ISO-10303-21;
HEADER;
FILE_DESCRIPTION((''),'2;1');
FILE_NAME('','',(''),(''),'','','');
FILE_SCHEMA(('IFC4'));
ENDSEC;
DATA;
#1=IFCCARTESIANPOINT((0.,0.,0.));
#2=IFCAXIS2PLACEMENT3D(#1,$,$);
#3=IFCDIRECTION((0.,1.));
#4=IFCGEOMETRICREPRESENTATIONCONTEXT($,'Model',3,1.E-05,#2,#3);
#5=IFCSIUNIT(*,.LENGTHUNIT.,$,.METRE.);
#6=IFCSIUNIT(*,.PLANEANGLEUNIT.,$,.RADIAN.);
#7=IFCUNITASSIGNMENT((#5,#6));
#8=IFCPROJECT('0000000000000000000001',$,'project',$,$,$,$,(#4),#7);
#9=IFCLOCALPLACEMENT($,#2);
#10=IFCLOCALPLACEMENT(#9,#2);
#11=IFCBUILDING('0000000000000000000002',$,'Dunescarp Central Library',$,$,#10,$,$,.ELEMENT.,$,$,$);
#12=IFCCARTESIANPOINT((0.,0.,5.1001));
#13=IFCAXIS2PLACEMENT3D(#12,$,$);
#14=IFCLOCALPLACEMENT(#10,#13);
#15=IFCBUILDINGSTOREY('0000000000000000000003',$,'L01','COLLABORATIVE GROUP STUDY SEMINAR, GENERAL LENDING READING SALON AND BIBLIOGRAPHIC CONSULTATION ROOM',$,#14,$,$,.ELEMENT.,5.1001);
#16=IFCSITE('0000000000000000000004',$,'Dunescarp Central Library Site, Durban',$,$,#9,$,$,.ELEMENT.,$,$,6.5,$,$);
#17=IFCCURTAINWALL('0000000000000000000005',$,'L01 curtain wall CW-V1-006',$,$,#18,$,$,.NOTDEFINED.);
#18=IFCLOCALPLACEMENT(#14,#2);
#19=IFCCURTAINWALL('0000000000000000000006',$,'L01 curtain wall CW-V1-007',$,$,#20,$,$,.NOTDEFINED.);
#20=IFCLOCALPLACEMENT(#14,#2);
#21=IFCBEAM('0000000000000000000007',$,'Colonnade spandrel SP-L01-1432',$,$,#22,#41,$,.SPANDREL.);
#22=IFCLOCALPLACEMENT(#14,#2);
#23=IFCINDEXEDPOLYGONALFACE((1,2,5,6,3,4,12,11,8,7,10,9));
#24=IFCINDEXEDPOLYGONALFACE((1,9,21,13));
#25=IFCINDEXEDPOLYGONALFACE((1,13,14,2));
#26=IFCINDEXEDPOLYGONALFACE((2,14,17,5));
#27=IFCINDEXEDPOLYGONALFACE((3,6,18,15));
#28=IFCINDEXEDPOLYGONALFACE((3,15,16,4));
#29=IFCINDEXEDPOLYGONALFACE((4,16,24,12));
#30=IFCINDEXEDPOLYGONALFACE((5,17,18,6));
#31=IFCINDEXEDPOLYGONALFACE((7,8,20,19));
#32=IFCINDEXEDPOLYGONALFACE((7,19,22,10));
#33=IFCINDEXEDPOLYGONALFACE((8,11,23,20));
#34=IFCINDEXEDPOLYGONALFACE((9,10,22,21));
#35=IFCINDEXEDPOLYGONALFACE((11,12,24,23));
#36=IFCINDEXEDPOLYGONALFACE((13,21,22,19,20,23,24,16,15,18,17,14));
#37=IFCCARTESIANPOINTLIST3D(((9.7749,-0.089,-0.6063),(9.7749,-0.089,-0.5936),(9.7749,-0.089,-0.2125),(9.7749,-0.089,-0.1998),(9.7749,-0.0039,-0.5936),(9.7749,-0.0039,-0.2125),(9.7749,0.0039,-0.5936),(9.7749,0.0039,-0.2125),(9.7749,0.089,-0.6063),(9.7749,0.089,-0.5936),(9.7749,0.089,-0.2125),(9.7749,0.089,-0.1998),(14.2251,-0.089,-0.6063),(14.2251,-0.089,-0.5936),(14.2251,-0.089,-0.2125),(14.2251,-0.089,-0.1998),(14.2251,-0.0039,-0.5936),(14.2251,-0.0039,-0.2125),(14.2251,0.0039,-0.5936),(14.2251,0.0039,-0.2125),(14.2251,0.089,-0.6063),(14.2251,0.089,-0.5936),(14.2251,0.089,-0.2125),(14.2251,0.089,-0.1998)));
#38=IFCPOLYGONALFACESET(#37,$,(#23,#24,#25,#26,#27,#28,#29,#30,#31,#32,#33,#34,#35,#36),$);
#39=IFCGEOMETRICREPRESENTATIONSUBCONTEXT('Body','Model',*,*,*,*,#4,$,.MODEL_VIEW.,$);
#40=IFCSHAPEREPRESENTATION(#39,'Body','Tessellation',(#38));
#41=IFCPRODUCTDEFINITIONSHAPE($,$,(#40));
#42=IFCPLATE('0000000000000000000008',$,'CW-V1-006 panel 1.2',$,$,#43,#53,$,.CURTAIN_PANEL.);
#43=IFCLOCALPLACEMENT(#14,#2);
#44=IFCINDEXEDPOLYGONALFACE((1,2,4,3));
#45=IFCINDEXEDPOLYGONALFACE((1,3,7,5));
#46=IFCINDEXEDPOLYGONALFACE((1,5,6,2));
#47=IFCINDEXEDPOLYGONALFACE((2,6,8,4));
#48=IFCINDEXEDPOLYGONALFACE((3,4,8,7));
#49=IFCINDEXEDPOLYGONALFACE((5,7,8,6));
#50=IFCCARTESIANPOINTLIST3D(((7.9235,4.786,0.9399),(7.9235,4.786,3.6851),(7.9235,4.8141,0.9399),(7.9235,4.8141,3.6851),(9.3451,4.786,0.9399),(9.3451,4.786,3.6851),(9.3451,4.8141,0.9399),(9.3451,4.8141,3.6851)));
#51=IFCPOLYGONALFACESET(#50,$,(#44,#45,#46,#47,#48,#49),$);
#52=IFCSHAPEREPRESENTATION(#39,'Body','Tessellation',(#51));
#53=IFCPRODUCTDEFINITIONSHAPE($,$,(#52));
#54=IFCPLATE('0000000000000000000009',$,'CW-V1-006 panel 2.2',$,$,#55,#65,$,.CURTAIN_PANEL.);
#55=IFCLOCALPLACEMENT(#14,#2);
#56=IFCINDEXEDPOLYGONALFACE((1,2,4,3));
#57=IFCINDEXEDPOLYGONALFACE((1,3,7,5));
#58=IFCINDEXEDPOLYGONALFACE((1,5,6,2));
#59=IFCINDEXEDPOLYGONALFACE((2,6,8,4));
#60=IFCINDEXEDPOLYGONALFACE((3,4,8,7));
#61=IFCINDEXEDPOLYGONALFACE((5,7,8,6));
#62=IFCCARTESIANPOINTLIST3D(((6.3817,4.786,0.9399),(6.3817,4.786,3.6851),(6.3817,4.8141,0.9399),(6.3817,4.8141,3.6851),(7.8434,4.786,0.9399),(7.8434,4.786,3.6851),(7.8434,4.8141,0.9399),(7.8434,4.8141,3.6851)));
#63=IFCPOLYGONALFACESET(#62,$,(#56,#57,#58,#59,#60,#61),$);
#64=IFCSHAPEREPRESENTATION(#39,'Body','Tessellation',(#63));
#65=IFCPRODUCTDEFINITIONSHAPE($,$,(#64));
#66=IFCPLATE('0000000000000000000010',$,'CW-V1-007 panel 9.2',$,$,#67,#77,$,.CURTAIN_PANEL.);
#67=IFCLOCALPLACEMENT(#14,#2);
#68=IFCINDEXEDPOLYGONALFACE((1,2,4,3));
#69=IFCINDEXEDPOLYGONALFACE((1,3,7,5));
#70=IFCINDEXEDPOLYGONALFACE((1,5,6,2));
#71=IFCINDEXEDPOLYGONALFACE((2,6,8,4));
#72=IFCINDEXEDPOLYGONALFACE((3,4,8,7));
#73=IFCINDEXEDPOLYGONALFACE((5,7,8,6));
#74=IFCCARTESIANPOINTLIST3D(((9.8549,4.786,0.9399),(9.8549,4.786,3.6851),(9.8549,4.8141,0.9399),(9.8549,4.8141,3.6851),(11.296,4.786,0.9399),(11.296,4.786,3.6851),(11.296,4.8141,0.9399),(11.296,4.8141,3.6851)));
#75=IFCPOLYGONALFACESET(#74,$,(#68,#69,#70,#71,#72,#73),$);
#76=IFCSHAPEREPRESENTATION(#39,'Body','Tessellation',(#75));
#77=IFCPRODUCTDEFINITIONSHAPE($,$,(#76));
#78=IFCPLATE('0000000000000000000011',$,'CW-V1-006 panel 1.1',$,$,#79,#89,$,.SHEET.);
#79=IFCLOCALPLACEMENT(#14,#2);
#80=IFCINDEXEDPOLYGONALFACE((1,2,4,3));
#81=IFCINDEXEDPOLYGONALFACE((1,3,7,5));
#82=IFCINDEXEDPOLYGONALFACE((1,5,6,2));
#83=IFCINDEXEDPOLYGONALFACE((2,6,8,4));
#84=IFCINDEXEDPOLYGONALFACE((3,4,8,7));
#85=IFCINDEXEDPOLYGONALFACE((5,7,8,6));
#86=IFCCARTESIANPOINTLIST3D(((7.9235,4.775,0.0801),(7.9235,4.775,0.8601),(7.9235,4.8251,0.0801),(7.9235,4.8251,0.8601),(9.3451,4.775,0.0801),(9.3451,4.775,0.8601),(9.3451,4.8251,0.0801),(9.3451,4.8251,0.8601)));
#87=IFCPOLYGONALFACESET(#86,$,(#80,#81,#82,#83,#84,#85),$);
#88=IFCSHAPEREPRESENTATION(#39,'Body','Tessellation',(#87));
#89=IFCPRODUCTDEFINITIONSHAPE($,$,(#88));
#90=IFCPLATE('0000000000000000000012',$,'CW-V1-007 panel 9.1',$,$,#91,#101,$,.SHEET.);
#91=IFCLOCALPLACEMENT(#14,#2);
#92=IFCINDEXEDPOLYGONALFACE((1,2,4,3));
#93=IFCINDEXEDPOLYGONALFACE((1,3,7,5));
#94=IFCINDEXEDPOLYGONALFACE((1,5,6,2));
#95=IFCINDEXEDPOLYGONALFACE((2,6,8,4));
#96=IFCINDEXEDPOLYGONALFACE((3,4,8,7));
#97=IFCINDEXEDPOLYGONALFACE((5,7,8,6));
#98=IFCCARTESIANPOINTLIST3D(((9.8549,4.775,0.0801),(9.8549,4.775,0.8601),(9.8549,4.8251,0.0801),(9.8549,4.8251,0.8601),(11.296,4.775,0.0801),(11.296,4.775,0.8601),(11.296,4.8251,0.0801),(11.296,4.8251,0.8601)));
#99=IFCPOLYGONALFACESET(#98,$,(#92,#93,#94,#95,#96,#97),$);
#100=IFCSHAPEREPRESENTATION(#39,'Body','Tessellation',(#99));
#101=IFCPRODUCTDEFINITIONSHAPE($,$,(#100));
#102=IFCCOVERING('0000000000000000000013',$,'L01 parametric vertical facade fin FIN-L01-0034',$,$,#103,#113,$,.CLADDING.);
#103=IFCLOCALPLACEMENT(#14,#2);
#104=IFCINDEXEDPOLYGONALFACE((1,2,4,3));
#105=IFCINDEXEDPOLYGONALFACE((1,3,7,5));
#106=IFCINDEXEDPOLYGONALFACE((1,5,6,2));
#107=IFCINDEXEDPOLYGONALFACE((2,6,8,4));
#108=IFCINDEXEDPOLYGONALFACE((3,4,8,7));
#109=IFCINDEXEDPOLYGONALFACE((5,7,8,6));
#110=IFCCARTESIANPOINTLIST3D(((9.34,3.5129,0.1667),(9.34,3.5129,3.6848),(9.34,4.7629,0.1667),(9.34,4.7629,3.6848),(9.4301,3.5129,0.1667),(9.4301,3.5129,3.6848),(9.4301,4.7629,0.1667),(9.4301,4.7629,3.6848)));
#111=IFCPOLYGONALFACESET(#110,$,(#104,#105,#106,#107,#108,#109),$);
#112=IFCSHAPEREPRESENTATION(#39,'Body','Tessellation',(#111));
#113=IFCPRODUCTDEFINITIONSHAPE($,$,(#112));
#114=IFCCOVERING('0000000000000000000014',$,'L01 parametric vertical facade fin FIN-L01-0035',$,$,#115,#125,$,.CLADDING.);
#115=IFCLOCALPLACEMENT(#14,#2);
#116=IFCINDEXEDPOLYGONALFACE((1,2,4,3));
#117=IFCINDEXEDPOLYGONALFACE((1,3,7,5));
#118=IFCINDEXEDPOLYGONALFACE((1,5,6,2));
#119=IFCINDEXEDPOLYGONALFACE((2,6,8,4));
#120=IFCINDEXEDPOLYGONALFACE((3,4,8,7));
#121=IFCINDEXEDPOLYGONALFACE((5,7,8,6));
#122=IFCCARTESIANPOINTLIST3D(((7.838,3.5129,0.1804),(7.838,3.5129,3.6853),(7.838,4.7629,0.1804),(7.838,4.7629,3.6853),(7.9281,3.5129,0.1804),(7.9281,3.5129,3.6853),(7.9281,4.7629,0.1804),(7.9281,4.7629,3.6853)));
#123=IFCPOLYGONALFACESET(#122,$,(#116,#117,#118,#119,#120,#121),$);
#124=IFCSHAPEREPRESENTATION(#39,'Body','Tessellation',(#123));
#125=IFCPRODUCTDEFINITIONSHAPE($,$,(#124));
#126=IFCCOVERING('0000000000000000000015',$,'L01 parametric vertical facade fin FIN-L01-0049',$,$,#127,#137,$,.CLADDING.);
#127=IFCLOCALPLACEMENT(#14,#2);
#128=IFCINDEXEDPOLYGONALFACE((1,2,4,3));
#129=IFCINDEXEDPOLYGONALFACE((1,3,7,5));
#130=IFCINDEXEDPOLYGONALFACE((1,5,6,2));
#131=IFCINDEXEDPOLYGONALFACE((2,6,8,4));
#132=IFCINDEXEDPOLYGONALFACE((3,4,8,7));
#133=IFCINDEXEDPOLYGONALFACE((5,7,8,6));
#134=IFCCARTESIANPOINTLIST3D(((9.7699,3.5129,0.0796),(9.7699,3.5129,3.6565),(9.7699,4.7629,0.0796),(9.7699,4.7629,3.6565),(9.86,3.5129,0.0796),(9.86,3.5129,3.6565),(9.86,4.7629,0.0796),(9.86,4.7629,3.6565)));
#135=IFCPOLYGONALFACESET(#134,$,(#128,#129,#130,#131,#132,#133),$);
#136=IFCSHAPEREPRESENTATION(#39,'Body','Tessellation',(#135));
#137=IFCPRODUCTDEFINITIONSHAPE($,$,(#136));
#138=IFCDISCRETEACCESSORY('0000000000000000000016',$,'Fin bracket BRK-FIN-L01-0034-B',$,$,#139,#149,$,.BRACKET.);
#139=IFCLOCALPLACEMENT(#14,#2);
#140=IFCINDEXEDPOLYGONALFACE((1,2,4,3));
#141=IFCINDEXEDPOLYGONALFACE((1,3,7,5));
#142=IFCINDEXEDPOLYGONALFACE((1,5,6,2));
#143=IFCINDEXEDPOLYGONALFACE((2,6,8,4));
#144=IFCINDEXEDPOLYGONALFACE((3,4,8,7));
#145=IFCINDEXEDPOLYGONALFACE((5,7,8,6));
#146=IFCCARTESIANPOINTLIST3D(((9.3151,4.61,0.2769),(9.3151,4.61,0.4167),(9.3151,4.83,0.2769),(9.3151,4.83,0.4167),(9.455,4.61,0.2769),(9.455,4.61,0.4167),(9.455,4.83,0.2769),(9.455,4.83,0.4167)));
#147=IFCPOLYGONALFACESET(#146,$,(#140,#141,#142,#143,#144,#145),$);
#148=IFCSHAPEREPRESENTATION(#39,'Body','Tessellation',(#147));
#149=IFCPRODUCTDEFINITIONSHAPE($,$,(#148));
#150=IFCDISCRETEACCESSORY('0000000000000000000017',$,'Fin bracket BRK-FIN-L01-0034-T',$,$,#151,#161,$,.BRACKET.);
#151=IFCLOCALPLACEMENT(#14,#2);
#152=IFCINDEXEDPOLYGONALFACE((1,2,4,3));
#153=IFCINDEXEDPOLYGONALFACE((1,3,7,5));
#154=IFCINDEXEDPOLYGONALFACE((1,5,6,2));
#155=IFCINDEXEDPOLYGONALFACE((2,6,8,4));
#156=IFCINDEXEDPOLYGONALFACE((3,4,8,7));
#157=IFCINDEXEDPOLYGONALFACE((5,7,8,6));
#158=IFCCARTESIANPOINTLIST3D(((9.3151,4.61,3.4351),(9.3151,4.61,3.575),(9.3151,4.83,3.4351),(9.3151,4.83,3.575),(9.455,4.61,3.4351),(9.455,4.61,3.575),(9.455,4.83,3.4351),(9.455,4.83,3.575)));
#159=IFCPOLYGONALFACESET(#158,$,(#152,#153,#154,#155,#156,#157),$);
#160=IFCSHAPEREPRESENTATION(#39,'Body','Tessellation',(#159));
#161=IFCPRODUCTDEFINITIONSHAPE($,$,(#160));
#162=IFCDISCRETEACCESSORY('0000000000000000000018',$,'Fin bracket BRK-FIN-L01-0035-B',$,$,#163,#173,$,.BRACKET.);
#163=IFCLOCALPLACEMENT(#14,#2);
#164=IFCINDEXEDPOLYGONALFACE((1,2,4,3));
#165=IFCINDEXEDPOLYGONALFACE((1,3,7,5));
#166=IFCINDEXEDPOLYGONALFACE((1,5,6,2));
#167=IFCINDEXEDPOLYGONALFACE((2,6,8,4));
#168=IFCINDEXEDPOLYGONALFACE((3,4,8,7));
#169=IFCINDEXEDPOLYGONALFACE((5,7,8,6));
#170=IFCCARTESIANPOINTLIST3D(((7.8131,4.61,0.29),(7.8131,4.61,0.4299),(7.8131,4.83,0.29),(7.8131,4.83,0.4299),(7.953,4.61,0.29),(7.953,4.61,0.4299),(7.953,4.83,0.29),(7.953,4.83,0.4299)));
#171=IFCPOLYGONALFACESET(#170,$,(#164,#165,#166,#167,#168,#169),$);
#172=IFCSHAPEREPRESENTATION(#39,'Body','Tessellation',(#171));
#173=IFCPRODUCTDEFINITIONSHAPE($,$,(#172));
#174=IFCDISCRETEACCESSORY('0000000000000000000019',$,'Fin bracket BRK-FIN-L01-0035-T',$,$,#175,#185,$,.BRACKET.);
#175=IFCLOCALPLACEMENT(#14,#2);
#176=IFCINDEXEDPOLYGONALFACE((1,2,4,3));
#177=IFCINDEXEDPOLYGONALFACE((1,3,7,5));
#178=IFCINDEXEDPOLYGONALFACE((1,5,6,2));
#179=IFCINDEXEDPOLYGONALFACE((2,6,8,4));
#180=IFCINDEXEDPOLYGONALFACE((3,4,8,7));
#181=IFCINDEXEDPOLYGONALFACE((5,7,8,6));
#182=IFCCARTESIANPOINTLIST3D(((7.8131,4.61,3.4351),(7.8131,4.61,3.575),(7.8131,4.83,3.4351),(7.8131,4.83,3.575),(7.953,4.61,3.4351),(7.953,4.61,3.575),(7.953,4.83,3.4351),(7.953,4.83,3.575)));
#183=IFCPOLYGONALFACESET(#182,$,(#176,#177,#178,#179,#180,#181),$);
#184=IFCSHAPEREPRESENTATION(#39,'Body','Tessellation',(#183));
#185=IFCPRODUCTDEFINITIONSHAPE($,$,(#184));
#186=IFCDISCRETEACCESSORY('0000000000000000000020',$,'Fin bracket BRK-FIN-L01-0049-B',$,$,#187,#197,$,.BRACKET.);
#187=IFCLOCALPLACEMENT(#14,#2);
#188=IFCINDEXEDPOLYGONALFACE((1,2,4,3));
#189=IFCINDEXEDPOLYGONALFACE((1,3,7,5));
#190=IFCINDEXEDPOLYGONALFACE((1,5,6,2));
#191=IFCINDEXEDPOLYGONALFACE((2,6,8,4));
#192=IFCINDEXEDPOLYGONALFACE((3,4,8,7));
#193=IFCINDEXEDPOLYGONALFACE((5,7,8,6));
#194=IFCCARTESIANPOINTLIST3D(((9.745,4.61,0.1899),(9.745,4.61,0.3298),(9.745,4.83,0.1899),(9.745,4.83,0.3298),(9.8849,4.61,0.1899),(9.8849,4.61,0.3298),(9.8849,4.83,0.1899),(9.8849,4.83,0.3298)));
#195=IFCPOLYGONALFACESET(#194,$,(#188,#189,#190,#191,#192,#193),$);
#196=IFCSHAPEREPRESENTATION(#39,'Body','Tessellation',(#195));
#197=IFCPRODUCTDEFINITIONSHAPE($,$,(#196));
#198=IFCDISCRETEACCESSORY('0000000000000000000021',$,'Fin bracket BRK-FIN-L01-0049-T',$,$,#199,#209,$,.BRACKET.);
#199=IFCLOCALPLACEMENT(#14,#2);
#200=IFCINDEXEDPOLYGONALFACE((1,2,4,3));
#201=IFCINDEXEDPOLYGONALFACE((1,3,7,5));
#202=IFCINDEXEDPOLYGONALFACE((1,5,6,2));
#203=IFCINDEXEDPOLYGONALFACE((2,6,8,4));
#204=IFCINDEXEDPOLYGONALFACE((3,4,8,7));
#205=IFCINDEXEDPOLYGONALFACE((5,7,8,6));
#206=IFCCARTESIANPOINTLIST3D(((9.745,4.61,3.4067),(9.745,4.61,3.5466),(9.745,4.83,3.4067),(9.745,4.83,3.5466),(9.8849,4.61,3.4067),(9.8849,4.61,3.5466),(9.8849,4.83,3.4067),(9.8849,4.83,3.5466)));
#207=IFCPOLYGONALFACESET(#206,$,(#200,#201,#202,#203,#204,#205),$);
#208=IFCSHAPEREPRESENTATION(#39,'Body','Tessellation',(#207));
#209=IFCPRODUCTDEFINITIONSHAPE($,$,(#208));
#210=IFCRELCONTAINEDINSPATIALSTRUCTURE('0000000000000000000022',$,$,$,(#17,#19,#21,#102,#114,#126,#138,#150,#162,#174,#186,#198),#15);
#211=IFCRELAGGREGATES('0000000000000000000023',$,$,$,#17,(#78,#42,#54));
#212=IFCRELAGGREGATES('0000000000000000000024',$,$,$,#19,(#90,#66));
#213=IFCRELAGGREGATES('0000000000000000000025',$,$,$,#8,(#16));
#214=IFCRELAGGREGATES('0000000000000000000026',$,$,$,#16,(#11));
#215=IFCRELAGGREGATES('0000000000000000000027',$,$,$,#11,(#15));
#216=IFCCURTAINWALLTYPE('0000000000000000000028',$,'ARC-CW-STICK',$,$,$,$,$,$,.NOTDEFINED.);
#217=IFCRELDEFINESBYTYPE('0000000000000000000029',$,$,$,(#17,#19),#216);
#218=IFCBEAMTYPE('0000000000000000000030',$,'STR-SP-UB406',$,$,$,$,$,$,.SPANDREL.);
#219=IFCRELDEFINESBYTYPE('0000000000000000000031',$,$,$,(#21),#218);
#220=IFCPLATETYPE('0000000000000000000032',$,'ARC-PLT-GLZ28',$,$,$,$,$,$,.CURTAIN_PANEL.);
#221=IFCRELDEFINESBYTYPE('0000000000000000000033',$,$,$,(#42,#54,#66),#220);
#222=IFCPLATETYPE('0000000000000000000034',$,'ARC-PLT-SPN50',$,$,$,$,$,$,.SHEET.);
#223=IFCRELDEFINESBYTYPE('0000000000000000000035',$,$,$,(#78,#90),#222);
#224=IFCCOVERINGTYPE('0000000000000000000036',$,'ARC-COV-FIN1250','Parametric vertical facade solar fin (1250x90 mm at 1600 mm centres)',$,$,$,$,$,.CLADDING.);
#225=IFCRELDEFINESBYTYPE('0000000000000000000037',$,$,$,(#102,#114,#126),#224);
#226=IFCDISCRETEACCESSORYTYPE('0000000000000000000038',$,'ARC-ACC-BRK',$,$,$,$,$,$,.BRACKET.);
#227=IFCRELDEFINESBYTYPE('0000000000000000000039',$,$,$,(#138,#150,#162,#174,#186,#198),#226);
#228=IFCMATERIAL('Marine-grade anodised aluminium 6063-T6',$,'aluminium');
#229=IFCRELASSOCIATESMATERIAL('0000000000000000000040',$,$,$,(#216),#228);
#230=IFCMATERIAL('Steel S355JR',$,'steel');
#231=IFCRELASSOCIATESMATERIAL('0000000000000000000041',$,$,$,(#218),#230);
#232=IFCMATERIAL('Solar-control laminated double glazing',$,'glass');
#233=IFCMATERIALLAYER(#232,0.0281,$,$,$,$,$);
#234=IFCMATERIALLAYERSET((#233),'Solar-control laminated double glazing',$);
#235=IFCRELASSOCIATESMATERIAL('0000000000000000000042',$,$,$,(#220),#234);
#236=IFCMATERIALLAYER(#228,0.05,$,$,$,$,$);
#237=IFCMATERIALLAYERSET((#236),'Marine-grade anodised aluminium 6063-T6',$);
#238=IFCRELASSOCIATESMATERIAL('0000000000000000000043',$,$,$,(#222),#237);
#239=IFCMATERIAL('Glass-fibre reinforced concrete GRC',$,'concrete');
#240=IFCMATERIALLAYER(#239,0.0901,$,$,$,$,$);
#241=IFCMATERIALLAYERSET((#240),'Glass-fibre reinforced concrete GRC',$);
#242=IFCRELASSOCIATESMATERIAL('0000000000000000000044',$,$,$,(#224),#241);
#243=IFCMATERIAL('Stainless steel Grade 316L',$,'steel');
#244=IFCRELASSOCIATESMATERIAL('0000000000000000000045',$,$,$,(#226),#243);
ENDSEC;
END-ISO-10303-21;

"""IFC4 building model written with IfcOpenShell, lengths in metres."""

from ifc_helpers import new_model, si_unit, direction, frame, origin, origin_2d, place, context, subcontext, project, spatial, rectangle, i_section, extrude, material, layer, layer_set, material_profile, profile_set, type_object, element, aggregate, save


model = new_model("IFC4")

# Units and contexts
model_context = context("Model", 3, precision=1e-05, world=origin(), true_north=direction((0.0, 1.0)))
body_context = subcontext(model_context, "Body", "Model", "MODEL_VIEW")
ifc_project = project(units=[si_unit("LENGTHUNIT", "METRE"), si_unit("PLANEANGLEUNIT", "RADIAN")], contexts=[model_context])

# Site, building, storey
site_placement = place(None, origin())
site = spatial("IfcSite", under=ifc_project, at=site_placement, Name="Dunescarp Central Library Site, Durban", CompositionType="ELEMENT", RefElevation=6.5)
building_placement = place(site_placement, origin())
building = spatial("IfcBuilding", under=site, at=building_placement, Name="Dunescarp Central Library", CompositionType="ELEMENT")
storey_placement = place(building_placement, frame((0.0, 0.0, 5.1001)))
storey = spatial("IfcBuildingStorey", under=building, at=storey_placement, Name="L01", Description="COLLABORATIVE GROUP STUDY SEMINAR, GENERAL LENDING READING SALON AND BIBLIOGRAPHIC CONSULTATION ROOM", CompositionType="ELEMENT", Elevation=5.1001)

# Shared definitions
ifc_material_1 = material(Name="Steel S355JR", Category="steel")

# Curtain wall
ifc_material_2 = material(Name="Marine-grade anodised aluminium 6063-T6", Category="aluminium")
curtain_wall_type = type_object("IfcCurtainWallType", Name="ARC-CW-STICK", PredefinedType="NOTDEFINED", material=ifc_material_2)
curtain_wall_1_placement = place(storey_placement, origin())
curtain_wall_1 = element("IfcCurtainWall", 1, at=curtain_wall_1_placement, inside=storey, type_object=curtain_wall_type, Name="L01 curtain wall CW-V1-006", PredefinedType="NOTDEFINED")

# Curtain wall
curtain_wall_2_placement = place(storey_placement, origin())
curtain_wall_2 = element("IfcCurtainWall", 2, at=curtain_wall_2_placement, inside=storey, type_object=curtain_wall_type, Name="L01 curtain wall CW-V1-007", PredefinedType="NOTDEFINED")

# Beam
ifc_material_profile_1 = material_profile(ifc_material_1, i_section(OverallWidth=0.178, OverallDepth=0.4065, WebThickness=0.0078, FlangeThickness=0.0127, at=origin_2d()), Name="UB 406x178x60")
ifc_profile_set_1 = profile_set([ifc_material_profile_1], Name="Steel S355JR")
beam_type_1 = type_object("IfcBeamType", Name="STR-SP-UB406", PredefinedType="SPANDREL", material=ifc_profile_set_1)
beam_1_placement = place(storey_placement, frame((9.7749, 0.0, -0.4031), z_axis=(1.0, 0.0, 0.0), x_axis=(0.0, 1.0, 0.0)))
element("IfcBeam", 3, at=beam_1_placement, inside=storey, type_object=beam_type_1, Name="Colonnade spandrel SP-L01-1432", PredefinedType="SPANDREL", context=body_context, shape_type="SweptSolid", body=[
    extrude(i_section(OverallWidth=0.178, OverallDepth=0.4065, WebThickness=0.0078, FlangeThickness=0.0127, at=origin_2d()), origin(), (0.0, 0.0, 1.0), 4.4502),
])

# Plates
ifc_material_3 = material(Name="Solar-control laminated double glazing", Category="glass")
ifc_layer_1 = layer(ifc_material_3, 0.0281)
ifc_layer_set_1 = layer_set([ifc_layer_1], Name="Solar-control laminated double glazing")
plate_type_1 = type_object("IfcPlateType", Name="ARC-PLT-GLZ28", PredefinedType="CURTAIN_PANEL", material=ifc_layer_set_1)
plate_1_placement = place(storey_placement, frame((8.6343, 4.8, 0.9399), z_axis=(0.0, 0.0, 1.0), x_axis=(-1.0, 0.0, 0.0)))
plate_1 = element("IfcPlate", 4, at=plate_1_placement, type_object=plate_type_1, Name="CW-V1-006 panel 1.2", PredefinedType="CURTAIN_PANEL", context=body_context, shape_type="SweptSolid", body=[
    extrude(rectangle(XDim=1.4216, YDim=0.0281, at=origin_2d()), origin(), (0.0, 0.0, 1.0), 2.7451),
])
plate_2_placement = place(storey_placement, frame((7.1125, 4.8, 0.9399), z_axis=(0.0, 0.0, 1.0), x_axis=(-1.0, 0.0, 0.0)))
plate_2 = element("IfcPlate", 5, at=plate_2_placement, type_object=plate_type_1, Name="CW-V1-006 panel 2.2", PredefinedType="CURTAIN_PANEL", context=body_context, shape_type="SweptSolid", body=[
    extrude(rectangle(XDim=1.4617, YDim=0.0281, at=origin_2d()), origin(), (0.0, 0.0, 1.0), 2.7451),
])
plate_3_placement = place(storey_placement, frame((10.5754, 4.8, 0.9399), z_axis=(0.0, 0.0, 1.0), x_axis=(-1.0, 0.0, 0.0)))
plate_3 = element("IfcPlate", 6, at=plate_3_placement, type_object=plate_type_1, Name="CW-V1-007 panel 9.2", PredefinedType="CURTAIN_PANEL", context=body_context, shape_type="SweptSolid", body=[
    extrude(rectangle(XDim=1.4412, YDim=0.0281, at=origin_2d()), origin(), (0.0, 0.0, 1.0), 2.7451),
])
ifc_layer_2 = layer(ifc_material_2, 0.05)
ifc_layer_set_2 = layer_set([ifc_layer_2], Name="Marine-grade anodised aluminium 6063-T6")
plate_type_2 = type_object("IfcPlateType", Name="ARC-PLT-SPN50", PredefinedType="SHEET", material=ifc_layer_set_2)
plate_4_placement = place(storey_placement, frame((8.6343, 4.8, 0.0801), z_axis=(0.0, 0.0, 1.0), x_axis=(-1.0, 0.0, 0.0)))
plate_4 = element("IfcPlate", 7, at=plate_4_placement, type_object=plate_type_2, Name="CW-V1-006 panel 1.1", PredefinedType="SHEET", context=body_context, shape_type="SweptSolid", body=[
    extrude(rectangle(XDim=1.4216, YDim=0.05, at=origin_2d()), origin(), (0.0, 0.0, 1.0), 0.78),
])
aggregate(curtain_wall_1, [plate_4, plate_1, plate_2])
plate_5_placement = place(storey_placement, frame((10.5754, 4.8, 0.0801), z_axis=(0.0, 0.0, 1.0), x_axis=(-1.0, 0.0, 0.0)))
plate_5 = element("IfcPlate", 8, at=plate_5_placement, type_object=plate_type_2, Name="CW-V1-007 panel 9.1", PredefinedType="SHEET", context=body_context, shape_type="SweptSolid", body=[
    extrude(rectangle(XDim=1.4412, YDim=0.05, at=origin_2d()), origin(), (0.0, 0.0, 1.0), 0.78),
])
aggregate(curtain_wall_2, [plate_5, plate_3])

# Coverings
ifc_material_4 = material(Name="Glass-fibre reinforced concrete GRC", Category="concrete")
ifc_layer_3 = layer(ifc_material_4, 0.0901)
ifc_layer_set_3 = layer_set([ifc_layer_3], Name="Glass-fibre reinforced concrete GRC")
covering_type = type_object("IfcCoveringType", Name="ARC-COV-FIN1250", Description="Parametric vertical facade solar fin (1250x90 mm at 1600 mm centres)", PredefinedType="CLADDING", material=ifc_layer_set_3)
covering_1_placement = place(storey_placement, frame((9.385, 4.1379, 0.1667), z_axis=(0.0, 0.0, 1.0), x_axis=(0.0, -1.0, 0.0)))
element("IfcCovering", 9, at=covering_1_placement, inside=storey, type_object=covering_type, Name="L01 parametric vertical facade fin FIN-L01-0034", PredefinedType="CLADDING", context=body_context, shape_type="SweptSolid", body=[
    extrude(rectangle(XDim=1.25, YDim=0.0901, at=origin_2d()), origin(), (0.0, 0.0, 1.0), 3.5181),
])
covering_2_placement = place(storey_placement, frame((7.8831, 4.1379, 0.1804), z_axis=(0.0, 0.0, 1.0), x_axis=(0.0, -1.0, 0.0)))
element("IfcCovering", 10, at=covering_2_placement, inside=storey, type_object=covering_type, Name="L01 parametric vertical facade fin FIN-L01-0035", PredefinedType="CLADDING", context=body_context, shape_type="SweptSolid", body=[
    extrude(rectangle(XDim=1.25, YDim=0.0901, at=origin_2d()), origin(), (0.0, 0.0, 1.0), 3.5049),
])
covering_3_placement = place(storey_placement, frame((9.8149, 4.1379, 0.0796), z_axis=(0.0, 0.0, 1.0), x_axis=(0.0, -1.0, 0.0)))
element("IfcCovering", 11, at=covering_3_placement, inside=storey, type_object=covering_type, Name="L01 parametric vertical facade fin FIN-L01-0049", PredefinedType="CLADDING", context=body_context, shape_type="SweptSolid", body=[
    extrude(rectangle(XDim=1.25, YDim=0.0901, at=origin_2d()), origin(), (0.0, 0.0, 1.0), 3.5769),
])

# Discrete accessories
ifc_material_5 = material(Name="Stainless steel Grade 316L", Category="steel")
discrete_accessory_type = type_object("IfcDiscreteAccessoryType", Name="ARC-ACC-BRK", PredefinedType="BRACKET", material=ifc_material_5)
for number, where, z_axis, x_axis, name in (
    (12, (9.385, 4.72, 0.2769), (0.0, 0.0, 1.0), (0.0, -1.0, 0.0), "Fin bracket BRK-FIN-L01-0034-B"),
    (13, (9.385, 4.72, 3.4351), (0.0, 0.0, 1.0), (0.0, -1.0, 0.0), "Fin bracket BRK-FIN-L01-0034-T"),
    (14, (7.8831, 4.72, 0.29), (0.0, 0.0, 1.0), (0.0, -1.0, 0.0), "Fin bracket BRK-FIN-L01-0035-B"),
    (15, (7.8831, 4.72, 3.4351), (0.0, 0.0, 1.0), (0.0, -1.0, 0.0), "Fin bracket BRK-FIN-L01-0035-T"),
    (16, (9.8149, 4.72, 0.1899), (0.0, 0.0, 1.0), (0.0, -1.0, 0.0), "Fin bracket BRK-FIN-L01-0049-B"),
    (17, (9.8149, 4.72, 3.4067), (0.0, 0.0, 1.0), (0.0, -1.0, 0.0), "Fin bracket BRK-FIN-L01-0049-T"),
):
    element("IfcDiscreteAccessory", number, at=place(storey_placement, frame(where, z_axis=z_axis, x_axis=x_axis)), inside=storey, type_object=discrete_accessory_type, Name=name, PredefinedType="BRACKET", context=body_context, shape_type="SweptSolid", body=[
        extrude(rectangle(XDim=0.22, YDim=0.1399, at=origin_2d()), origin(), (0.0, 0.0, 1.0), 0.1399),
    ])

save(model, "model.ifc")
